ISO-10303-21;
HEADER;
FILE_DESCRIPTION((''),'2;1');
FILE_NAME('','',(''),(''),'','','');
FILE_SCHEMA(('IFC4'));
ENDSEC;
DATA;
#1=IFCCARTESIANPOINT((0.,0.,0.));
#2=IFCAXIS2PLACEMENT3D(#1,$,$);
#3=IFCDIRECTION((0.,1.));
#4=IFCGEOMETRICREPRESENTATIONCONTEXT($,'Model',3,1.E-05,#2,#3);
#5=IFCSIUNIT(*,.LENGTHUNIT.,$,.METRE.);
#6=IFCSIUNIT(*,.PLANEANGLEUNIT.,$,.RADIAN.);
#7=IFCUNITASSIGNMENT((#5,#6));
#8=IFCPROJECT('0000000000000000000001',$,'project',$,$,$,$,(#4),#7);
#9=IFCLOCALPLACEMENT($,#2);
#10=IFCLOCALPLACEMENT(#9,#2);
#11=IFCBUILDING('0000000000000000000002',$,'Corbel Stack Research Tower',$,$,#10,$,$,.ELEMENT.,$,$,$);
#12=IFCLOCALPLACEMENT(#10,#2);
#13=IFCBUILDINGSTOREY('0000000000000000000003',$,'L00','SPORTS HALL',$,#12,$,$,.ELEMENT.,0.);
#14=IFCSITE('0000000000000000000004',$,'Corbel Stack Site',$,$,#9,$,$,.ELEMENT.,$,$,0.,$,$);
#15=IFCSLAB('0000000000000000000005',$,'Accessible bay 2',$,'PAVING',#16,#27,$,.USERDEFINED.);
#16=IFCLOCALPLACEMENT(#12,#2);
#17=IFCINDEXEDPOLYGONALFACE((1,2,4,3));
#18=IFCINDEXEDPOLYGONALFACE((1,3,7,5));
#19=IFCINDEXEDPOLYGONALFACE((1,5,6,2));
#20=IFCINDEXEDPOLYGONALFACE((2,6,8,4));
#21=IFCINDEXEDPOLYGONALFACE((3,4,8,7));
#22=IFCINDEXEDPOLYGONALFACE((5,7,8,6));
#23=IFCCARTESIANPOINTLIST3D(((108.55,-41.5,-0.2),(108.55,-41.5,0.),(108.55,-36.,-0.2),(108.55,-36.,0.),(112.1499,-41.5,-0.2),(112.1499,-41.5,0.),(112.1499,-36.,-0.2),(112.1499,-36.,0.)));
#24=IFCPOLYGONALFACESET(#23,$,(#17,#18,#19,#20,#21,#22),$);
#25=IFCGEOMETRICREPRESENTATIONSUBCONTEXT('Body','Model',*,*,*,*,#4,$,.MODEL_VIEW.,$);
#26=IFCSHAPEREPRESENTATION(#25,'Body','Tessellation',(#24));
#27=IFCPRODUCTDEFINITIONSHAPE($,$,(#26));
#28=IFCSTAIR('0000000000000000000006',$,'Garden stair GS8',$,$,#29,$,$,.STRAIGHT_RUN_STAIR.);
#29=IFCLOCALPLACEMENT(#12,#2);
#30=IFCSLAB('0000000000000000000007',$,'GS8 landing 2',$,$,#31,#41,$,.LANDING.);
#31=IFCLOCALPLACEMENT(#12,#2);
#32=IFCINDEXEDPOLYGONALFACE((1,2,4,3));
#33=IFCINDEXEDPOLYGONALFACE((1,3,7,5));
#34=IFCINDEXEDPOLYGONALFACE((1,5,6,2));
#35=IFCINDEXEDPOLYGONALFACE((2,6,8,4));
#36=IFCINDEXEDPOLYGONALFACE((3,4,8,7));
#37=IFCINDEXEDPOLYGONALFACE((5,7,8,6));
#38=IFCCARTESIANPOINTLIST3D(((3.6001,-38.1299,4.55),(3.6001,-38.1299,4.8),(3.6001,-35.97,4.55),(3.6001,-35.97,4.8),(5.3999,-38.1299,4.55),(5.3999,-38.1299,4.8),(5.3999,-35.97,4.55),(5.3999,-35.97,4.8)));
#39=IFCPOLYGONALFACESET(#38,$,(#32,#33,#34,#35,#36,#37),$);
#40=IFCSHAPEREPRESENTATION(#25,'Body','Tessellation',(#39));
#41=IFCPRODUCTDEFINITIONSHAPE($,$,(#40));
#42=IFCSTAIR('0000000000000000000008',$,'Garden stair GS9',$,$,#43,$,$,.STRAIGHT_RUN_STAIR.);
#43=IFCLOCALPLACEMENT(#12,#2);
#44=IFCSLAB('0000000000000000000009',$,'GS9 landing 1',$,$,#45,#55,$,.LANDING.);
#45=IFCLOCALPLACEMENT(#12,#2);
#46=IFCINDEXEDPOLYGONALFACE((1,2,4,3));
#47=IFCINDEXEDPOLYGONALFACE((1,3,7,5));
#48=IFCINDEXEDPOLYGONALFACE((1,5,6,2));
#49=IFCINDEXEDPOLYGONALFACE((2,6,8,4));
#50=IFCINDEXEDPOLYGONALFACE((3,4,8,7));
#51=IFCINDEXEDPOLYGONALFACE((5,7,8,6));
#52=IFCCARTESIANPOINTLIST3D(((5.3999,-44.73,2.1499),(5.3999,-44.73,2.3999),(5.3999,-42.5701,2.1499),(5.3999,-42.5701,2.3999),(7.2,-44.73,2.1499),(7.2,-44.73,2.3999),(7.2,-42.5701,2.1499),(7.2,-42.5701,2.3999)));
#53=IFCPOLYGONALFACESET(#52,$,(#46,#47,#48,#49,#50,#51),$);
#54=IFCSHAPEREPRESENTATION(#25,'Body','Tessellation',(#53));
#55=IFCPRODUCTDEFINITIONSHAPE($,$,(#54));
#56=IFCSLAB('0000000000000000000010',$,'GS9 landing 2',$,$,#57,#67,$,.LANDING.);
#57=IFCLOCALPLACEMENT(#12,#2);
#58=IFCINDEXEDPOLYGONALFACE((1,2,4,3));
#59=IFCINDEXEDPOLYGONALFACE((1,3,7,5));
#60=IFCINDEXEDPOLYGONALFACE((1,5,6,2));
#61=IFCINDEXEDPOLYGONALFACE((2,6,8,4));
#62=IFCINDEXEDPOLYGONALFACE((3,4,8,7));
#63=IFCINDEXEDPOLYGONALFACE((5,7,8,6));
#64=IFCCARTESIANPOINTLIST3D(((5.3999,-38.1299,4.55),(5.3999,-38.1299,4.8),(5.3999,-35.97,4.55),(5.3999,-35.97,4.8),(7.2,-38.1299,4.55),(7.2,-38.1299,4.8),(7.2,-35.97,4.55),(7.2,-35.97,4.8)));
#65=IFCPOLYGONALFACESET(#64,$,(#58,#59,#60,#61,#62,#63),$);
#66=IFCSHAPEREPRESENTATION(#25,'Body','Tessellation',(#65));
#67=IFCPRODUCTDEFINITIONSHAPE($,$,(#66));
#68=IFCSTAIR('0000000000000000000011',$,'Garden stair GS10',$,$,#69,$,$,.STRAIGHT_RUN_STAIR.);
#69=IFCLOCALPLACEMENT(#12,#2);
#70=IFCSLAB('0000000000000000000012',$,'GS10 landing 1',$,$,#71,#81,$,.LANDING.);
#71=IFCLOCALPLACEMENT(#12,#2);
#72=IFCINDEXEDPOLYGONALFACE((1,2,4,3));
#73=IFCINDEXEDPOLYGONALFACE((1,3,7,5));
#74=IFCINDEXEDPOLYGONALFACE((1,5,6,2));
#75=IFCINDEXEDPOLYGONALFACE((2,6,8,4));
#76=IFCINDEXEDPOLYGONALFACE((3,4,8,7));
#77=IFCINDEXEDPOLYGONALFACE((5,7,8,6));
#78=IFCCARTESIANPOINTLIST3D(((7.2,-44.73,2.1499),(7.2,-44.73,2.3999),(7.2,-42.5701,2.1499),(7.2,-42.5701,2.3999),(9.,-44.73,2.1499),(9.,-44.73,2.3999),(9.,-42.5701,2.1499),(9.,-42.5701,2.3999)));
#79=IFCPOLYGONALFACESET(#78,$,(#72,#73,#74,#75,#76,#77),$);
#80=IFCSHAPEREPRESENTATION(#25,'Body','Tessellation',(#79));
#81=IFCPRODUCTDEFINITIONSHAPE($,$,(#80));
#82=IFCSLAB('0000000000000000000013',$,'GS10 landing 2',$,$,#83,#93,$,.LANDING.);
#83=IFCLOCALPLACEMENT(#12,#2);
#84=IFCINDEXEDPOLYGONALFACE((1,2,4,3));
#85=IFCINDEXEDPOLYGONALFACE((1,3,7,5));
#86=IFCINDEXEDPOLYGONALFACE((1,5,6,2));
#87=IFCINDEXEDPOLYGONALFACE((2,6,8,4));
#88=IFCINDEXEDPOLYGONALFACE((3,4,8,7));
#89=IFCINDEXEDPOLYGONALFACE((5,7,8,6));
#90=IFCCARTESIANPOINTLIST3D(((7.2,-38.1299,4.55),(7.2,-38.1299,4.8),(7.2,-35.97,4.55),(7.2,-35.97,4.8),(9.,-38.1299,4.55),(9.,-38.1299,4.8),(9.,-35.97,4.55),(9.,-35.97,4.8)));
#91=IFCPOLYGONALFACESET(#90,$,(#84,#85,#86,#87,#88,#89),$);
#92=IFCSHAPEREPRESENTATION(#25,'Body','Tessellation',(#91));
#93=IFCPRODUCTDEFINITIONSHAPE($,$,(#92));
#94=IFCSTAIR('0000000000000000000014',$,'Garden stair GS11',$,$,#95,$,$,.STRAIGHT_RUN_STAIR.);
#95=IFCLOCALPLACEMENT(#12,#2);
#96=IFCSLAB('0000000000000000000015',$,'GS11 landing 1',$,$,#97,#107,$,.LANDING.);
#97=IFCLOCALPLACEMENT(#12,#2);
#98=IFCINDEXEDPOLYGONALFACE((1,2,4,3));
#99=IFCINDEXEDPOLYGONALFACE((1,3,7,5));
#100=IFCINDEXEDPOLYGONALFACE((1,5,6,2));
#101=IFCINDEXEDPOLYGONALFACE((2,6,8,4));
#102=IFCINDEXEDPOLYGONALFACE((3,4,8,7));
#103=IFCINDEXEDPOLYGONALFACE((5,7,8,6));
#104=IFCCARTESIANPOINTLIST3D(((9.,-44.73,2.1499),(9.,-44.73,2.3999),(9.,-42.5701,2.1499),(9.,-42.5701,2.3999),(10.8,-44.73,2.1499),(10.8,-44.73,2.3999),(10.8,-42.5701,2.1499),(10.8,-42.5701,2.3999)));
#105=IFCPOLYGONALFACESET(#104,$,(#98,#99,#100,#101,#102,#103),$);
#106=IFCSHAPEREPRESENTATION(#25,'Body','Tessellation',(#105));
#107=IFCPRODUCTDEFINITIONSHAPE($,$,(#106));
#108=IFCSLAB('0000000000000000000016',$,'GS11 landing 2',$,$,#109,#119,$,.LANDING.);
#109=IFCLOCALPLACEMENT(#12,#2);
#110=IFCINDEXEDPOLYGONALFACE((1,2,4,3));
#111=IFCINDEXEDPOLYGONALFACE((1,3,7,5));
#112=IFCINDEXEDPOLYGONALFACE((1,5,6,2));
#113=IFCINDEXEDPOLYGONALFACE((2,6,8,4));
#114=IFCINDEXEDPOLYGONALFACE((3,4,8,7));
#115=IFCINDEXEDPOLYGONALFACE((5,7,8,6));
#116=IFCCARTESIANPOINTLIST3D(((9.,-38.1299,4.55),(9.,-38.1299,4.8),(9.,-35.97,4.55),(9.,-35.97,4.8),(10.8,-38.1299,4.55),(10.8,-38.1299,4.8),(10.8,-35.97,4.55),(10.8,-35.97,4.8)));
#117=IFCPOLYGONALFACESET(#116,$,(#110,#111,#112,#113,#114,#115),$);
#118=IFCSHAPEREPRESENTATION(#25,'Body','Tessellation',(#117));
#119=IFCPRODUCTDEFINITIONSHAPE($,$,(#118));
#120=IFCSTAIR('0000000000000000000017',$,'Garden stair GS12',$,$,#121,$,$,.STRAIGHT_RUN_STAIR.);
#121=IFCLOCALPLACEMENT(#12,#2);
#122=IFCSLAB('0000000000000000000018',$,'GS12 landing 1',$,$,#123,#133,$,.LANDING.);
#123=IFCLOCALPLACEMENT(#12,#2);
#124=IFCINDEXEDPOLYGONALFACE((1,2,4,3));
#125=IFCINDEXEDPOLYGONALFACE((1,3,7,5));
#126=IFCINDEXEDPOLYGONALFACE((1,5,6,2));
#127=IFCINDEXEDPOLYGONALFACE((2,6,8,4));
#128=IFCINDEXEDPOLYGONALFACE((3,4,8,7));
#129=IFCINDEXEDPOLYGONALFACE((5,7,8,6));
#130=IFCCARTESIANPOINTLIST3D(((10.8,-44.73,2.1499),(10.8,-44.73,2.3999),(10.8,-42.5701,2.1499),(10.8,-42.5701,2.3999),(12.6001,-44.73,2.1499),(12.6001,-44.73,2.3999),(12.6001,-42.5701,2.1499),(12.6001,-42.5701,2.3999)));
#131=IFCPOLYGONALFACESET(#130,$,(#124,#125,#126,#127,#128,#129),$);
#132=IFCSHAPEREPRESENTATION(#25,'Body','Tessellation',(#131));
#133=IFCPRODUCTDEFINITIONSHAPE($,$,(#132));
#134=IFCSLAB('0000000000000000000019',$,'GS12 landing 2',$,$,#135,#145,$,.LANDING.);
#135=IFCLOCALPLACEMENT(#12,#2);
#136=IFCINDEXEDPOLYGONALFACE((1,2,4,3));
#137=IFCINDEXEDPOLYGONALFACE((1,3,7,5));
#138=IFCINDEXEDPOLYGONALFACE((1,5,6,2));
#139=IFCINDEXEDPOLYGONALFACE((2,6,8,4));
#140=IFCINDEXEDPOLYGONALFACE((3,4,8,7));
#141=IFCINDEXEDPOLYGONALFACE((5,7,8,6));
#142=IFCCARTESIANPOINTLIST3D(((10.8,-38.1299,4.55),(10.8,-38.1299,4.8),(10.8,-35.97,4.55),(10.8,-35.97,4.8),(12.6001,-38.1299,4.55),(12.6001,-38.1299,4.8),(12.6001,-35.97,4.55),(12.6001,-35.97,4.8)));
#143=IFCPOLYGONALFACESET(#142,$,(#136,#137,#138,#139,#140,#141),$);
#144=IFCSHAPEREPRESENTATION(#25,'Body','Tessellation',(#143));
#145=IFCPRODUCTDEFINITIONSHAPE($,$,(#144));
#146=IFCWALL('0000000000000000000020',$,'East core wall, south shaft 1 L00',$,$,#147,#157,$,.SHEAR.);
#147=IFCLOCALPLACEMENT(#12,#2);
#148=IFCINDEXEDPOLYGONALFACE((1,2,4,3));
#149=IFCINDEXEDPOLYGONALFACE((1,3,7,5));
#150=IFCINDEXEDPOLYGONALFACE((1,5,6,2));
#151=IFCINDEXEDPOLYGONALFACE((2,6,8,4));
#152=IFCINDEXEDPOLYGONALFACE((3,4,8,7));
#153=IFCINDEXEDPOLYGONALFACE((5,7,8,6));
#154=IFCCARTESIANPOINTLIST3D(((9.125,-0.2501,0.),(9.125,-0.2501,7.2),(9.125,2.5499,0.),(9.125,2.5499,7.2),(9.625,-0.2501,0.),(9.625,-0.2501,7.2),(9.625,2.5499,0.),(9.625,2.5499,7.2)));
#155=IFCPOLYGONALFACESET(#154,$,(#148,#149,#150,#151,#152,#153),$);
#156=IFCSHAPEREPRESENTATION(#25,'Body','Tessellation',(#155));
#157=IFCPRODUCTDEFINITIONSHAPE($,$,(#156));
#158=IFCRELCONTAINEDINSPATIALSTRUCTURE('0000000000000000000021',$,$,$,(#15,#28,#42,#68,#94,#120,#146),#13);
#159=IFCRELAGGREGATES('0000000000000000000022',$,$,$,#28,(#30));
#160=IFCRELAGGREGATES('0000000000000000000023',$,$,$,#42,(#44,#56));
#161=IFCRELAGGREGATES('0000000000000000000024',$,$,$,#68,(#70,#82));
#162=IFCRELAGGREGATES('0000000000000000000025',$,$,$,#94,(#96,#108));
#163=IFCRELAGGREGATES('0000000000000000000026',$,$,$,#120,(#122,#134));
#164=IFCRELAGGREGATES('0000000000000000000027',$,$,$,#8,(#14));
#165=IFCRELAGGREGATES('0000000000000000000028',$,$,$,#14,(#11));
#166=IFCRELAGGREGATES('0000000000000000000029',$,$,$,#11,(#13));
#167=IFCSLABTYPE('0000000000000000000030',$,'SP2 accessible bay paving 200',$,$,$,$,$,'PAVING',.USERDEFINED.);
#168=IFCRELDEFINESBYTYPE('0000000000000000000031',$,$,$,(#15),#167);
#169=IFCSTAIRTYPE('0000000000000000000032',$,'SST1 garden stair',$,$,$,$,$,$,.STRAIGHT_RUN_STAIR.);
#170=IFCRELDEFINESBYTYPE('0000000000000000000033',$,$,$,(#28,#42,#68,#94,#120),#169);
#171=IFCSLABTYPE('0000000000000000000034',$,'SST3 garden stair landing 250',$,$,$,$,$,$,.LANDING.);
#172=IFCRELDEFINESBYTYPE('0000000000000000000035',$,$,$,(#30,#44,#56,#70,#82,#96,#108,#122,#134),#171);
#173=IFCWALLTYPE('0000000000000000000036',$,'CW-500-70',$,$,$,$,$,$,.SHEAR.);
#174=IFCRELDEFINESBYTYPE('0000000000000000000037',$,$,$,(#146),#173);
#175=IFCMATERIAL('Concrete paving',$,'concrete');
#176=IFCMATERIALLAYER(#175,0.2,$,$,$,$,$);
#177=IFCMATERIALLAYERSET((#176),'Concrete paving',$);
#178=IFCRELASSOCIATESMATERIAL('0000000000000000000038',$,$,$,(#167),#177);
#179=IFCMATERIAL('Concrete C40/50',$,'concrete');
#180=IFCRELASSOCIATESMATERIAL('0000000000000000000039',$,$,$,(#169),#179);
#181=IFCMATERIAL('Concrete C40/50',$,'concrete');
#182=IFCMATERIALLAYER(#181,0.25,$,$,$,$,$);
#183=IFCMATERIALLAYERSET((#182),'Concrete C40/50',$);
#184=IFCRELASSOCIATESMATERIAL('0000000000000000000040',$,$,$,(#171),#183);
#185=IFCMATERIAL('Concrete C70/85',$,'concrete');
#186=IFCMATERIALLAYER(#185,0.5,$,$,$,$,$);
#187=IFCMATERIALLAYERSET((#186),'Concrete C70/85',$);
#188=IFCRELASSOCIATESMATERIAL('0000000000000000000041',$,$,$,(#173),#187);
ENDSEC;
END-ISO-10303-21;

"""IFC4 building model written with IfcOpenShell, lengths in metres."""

from ifc_helpers import new_model, si_unit, direction, frame, frame_2d, origin, place, context, subcontext, project, spatial, polyline, rectangle, outline, extrude, material, layer, layer_set, type_object, element, aggregate, save


model = new_model("IFC4")

# Units and contexts
model_context = context("Model", 3, precision=1e-05, world=origin(), true_north=direction((0.0, 1.0)))
body_context = subcontext(model_context, "Body", "Model", "MODEL_VIEW")
ifc_project = project(units=[si_unit("LENGTHUNIT", "METRE"), si_unit("PLANEANGLEUNIT", "RADIAN")], contexts=[model_context])

# Site, building, storey
site_placement = place(None, origin())
site = spatial("IfcSite", under=ifc_project, at=site_placement, Name="Corbel Stack Site", CompositionType="ELEMENT", RefElevation=0.0)
building_placement = place(site_placement, origin())
building = spatial("IfcBuilding", under=site, at=building_placement, Name="Corbel Stack Research Tower", CompositionType="ELEMENT")
storey_placement = place(building_placement, origin())
storey = spatial("IfcBuildingStorey", under=building, at=storey_placement, Name="L00", Description="SPORTS HALL", CompositionType="ELEMENT", Elevation=0.0)

# Slab
ifc_material_1 = material(Name="Concrete paving", Category="concrete")
ifc_layer_1 = layer(ifc_material_1, 0.2)
ifc_layer_set_1 = layer_set([ifc_layer_1], Name="Concrete paving")
slab_type_1 = type_object("IfcSlabType", Name="SP2 accessible bay paving 200", ElementType="PAVING", PredefinedType="USERDEFINED", material=ifc_layer_set_1)
slab_1_placement = place(storey_placement, frame((0.0, 0.0, -0.2)))
element("IfcSlab", 1, at=slab_1_placement, inside=storey, type_object=slab_type_1, Name="Accessible bay 2", ObjectType="PAVING", PredefinedType="USERDEFINED", context=body_context, shape_type="SweptSolid", body=[
    extrude(outline(polyline([(112.1499, -41.5), (108.55, -41.5), (108.55, -36.0), (112.1499, -36.0), (112.1499, -41.5)])), origin(), (0.0, 0.0, 1.0), 0.2),
])

# Stair, slab
ifc_material_2 = material(Name="Concrete C40/50", Category="concrete")
stair_type = type_object("IfcStairType", Name="SST1 garden stair", PredefinedType="STRAIGHT_RUN_STAIR", material=ifc_material_2)
stair_1_placement = place(storey_placement, origin())
stair_1 = element("IfcStair", 2, at=stair_1_placement, inside=storey, type_object=stair_type, Name="Garden stair GS8", PredefinedType="STRAIGHT_RUN_STAIR")
ifc_material_3 = material(Name="Concrete C40/50", Category="concrete")
ifc_layer_2 = layer(ifc_material_3, 0.25)
ifc_layer_set_2 = layer_set([ifc_layer_2], Name="Concrete C40/50")
slab_type_2 = type_object("IfcSlabType", Name="SST3 garden stair landing 250", PredefinedType="LANDING", material=ifc_layer_set_2)
slab_2_placement = place(storey_placement, frame((0.0, 0.0, 4.55)))
slab_2 = element("IfcSlab", 3, at=slab_2_placement, type_object=slab_type_2, Name="GS8 landing 2", PredefinedType="LANDING", context=body_context, shape_type="SweptSolid", body=[
    extrude(outline(polyline([(3.6001, -38.1299), (5.3999, -38.1299), (5.3999, -35.97), (3.6001, -35.97), (3.6001, -38.1299)])), origin(), (0.0, 0.0, 1.0), 0.25),
])
aggregate(stair_1, [slab_2])

# Stairs, slabs
stair_2_placement = place(storey_placement, origin())
stair_2 = element("IfcStair", 4, at=stair_2_placement, inside=storey, type_object=stair_type, Name="Garden stair GS9", PredefinedType="STRAIGHT_RUN_STAIR")
slab_3_placement = place(storey_placement, frame((0.0, 0.0, 2.1499)))
slab_3 = element("IfcSlab", 5, at=slab_3_placement, type_object=slab_type_2, Name="GS9 landing 1", PredefinedType="LANDING", context=body_context, shape_type="SweptSolid", body=[
    extrude(outline(polyline([(5.3999, -44.73), (7.2, -44.73), (7.2, -42.5701), (5.3999, -42.5701), (5.3999, -44.73)])), origin(), (0.0, 0.0, 1.0), 0.25),
])
slab_4_placement = place(storey_placement, frame((0.0, 0.0, 4.55)))
slab_4 = element("IfcSlab", 6, at=slab_4_placement, type_object=slab_type_2, Name="GS9 landing 2", PredefinedType="LANDING", context=body_context, shape_type="SweptSolid", body=[
    extrude(outline(polyline([(5.3999, -38.1299), (7.2, -38.1299), (7.2, -35.97), (5.3999, -35.97), (5.3999, -38.1299)])), origin(), (0.0, 0.0, 1.0), 0.25),
])
aggregate(stair_2, [slab_3, slab_4])
stair_3_placement = place(storey_placement, origin())
stair_3 = element("IfcStair", 7, at=stair_3_placement, inside=storey, type_object=stair_type, Name="Garden stair GS10", PredefinedType="STRAIGHT_RUN_STAIR")
slab_5_placement = place(storey_placement, frame((0.0, 0.0, 2.1499)))
slab_5 = element("IfcSlab", 8, at=slab_5_placement, type_object=slab_type_2, Name="GS10 landing 1", PredefinedType="LANDING", context=body_context, shape_type="SweptSolid", body=[
    extrude(outline(polyline([(7.2, -44.73), (9.0, -44.73), (9.0, -42.5701), (7.2, -42.5701), (7.2, -44.73)])), origin(), (0.0, 0.0, 1.0), 0.25),
])
slab_6_placement = place(storey_placement, frame((0.0, 0.0, 4.55)))
slab_6 = element("IfcSlab", 9, at=slab_6_placement, type_object=slab_type_2, Name="GS10 landing 2", PredefinedType="LANDING", context=body_context, shape_type="SweptSolid", body=[
    extrude(outline(polyline([(7.2, -38.1299), (9.0, -38.1299), (9.0, -35.97), (7.2, -35.97), (7.2, -38.1299)])), origin(), (0.0, 0.0, 1.0), 0.25),
])
aggregate(stair_3, [slab_5, slab_6])
stair_4_placement = place(storey_placement, origin())
stair_4 = element("IfcStair", 10, at=stair_4_placement, inside=storey, type_object=stair_type, Name="Garden stair GS11", PredefinedType="STRAIGHT_RUN_STAIR")
slab_7_placement = place(storey_placement, frame((0.0, 0.0, 2.1499)))
slab_7 = element("IfcSlab", 11, at=slab_7_placement, type_object=slab_type_2, Name="GS11 landing 1", PredefinedType="LANDING", context=body_context, shape_type="SweptSolid", body=[
    extrude(outline(polyline([(9.0, -44.73), (10.8, -44.73), (10.8, -42.5701), (9.0, -42.5701), (9.0, -44.73)])), origin(), (0.0, 0.0, 1.0), 0.25),
])
slab_8_placement = place(storey_placement, frame((0.0, 0.0, 4.55)))
slab_8 = element("IfcSlab", 12, at=slab_8_placement, type_object=slab_type_2, Name="GS11 landing 2", PredefinedType="LANDING", context=body_context, shape_type="SweptSolid", body=[
    extrude(outline(polyline([(9.0, -38.1299), (10.8, -38.1299), (10.8, -35.97), (9.0, -35.97), (9.0, -38.1299)])), origin(), (0.0, 0.0, 1.0), 0.25),
])
aggregate(stair_4, [slab_7, slab_8])
stair_5_placement = place(storey_placement, origin())
stair_5 = element("IfcStair", 13, at=stair_5_placement, inside=storey, type_object=stair_type, Name="Garden stair GS12", PredefinedType="STRAIGHT_RUN_STAIR")
slab_9_placement = place(storey_placement, frame((0.0, 0.0, 2.1499)))
slab_9 = element("IfcSlab", 14, at=slab_9_placement, type_object=slab_type_2, Name="GS12 landing 1", PredefinedType="LANDING", context=body_context, shape_type="SweptSolid", body=[
    extrude(outline(polyline([(10.8, -44.73), (12.6001, -44.73), (12.6001, -42.5701), (10.8, -42.5701), (10.8, -44.73)])), origin(), (0.0, 0.0, 1.0), 0.25),
])
slab_10_placement = place(storey_placement, frame((0.0, 0.0, 4.55)))
slab_10 = element("IfcSlab", 15, at=slab_10_placement, type_object=slab_type_2, Name="GS12 landing 2", PredefinedType="LANDING", context=body_context, shape_type="SweptSolid", body=[
    extrude(outline(polyline([(10.8, -38.1299), (12.6001, -38.1299), (12.6001, -35.97), (10.8, -35.97), (10.8, -38.1299)])), origin(), (0.0, 0.0, 1.0), 0.25),
])
aggregate(stair_5, [slab_9, slab_10])

# Wall
ifc_material_4 = material(Name="Concrete C70/85", Category="concrete")
ifc_layer_3 = layer(ifc_material_4, 0.5)
ifc_layer_set_3 = layer_set([ifc_layer_3], Name="Concrete C70/85")
wall_type = type_object("IfcWallType", Name="CW-500-70", PredefinedType="SHEAR", material=ifc_layer_set_3)
wall_placement = place(storey_placement, frame((9.375, -0.25, 0.0), z_axis=(0.0, 0.0, 1.0), x_axis=(0.0, 1.0, 0.0)))
element("IfcWall", 16, at=wall_placement, inside=storey, type_object=wall_type, Name="East core wall, south shaft 1 L00", PredefinedType="SHEAR", context=body_context, shape_type="SweptSolid", body=[
    extrude(rectangle(XDim=2.8, YDim=0.5, at=frame_2d((1.3999, 0.0))), origin(), (0.0, 0.0, 1.0), 7.2),
])

save(model, "model.ifc")
